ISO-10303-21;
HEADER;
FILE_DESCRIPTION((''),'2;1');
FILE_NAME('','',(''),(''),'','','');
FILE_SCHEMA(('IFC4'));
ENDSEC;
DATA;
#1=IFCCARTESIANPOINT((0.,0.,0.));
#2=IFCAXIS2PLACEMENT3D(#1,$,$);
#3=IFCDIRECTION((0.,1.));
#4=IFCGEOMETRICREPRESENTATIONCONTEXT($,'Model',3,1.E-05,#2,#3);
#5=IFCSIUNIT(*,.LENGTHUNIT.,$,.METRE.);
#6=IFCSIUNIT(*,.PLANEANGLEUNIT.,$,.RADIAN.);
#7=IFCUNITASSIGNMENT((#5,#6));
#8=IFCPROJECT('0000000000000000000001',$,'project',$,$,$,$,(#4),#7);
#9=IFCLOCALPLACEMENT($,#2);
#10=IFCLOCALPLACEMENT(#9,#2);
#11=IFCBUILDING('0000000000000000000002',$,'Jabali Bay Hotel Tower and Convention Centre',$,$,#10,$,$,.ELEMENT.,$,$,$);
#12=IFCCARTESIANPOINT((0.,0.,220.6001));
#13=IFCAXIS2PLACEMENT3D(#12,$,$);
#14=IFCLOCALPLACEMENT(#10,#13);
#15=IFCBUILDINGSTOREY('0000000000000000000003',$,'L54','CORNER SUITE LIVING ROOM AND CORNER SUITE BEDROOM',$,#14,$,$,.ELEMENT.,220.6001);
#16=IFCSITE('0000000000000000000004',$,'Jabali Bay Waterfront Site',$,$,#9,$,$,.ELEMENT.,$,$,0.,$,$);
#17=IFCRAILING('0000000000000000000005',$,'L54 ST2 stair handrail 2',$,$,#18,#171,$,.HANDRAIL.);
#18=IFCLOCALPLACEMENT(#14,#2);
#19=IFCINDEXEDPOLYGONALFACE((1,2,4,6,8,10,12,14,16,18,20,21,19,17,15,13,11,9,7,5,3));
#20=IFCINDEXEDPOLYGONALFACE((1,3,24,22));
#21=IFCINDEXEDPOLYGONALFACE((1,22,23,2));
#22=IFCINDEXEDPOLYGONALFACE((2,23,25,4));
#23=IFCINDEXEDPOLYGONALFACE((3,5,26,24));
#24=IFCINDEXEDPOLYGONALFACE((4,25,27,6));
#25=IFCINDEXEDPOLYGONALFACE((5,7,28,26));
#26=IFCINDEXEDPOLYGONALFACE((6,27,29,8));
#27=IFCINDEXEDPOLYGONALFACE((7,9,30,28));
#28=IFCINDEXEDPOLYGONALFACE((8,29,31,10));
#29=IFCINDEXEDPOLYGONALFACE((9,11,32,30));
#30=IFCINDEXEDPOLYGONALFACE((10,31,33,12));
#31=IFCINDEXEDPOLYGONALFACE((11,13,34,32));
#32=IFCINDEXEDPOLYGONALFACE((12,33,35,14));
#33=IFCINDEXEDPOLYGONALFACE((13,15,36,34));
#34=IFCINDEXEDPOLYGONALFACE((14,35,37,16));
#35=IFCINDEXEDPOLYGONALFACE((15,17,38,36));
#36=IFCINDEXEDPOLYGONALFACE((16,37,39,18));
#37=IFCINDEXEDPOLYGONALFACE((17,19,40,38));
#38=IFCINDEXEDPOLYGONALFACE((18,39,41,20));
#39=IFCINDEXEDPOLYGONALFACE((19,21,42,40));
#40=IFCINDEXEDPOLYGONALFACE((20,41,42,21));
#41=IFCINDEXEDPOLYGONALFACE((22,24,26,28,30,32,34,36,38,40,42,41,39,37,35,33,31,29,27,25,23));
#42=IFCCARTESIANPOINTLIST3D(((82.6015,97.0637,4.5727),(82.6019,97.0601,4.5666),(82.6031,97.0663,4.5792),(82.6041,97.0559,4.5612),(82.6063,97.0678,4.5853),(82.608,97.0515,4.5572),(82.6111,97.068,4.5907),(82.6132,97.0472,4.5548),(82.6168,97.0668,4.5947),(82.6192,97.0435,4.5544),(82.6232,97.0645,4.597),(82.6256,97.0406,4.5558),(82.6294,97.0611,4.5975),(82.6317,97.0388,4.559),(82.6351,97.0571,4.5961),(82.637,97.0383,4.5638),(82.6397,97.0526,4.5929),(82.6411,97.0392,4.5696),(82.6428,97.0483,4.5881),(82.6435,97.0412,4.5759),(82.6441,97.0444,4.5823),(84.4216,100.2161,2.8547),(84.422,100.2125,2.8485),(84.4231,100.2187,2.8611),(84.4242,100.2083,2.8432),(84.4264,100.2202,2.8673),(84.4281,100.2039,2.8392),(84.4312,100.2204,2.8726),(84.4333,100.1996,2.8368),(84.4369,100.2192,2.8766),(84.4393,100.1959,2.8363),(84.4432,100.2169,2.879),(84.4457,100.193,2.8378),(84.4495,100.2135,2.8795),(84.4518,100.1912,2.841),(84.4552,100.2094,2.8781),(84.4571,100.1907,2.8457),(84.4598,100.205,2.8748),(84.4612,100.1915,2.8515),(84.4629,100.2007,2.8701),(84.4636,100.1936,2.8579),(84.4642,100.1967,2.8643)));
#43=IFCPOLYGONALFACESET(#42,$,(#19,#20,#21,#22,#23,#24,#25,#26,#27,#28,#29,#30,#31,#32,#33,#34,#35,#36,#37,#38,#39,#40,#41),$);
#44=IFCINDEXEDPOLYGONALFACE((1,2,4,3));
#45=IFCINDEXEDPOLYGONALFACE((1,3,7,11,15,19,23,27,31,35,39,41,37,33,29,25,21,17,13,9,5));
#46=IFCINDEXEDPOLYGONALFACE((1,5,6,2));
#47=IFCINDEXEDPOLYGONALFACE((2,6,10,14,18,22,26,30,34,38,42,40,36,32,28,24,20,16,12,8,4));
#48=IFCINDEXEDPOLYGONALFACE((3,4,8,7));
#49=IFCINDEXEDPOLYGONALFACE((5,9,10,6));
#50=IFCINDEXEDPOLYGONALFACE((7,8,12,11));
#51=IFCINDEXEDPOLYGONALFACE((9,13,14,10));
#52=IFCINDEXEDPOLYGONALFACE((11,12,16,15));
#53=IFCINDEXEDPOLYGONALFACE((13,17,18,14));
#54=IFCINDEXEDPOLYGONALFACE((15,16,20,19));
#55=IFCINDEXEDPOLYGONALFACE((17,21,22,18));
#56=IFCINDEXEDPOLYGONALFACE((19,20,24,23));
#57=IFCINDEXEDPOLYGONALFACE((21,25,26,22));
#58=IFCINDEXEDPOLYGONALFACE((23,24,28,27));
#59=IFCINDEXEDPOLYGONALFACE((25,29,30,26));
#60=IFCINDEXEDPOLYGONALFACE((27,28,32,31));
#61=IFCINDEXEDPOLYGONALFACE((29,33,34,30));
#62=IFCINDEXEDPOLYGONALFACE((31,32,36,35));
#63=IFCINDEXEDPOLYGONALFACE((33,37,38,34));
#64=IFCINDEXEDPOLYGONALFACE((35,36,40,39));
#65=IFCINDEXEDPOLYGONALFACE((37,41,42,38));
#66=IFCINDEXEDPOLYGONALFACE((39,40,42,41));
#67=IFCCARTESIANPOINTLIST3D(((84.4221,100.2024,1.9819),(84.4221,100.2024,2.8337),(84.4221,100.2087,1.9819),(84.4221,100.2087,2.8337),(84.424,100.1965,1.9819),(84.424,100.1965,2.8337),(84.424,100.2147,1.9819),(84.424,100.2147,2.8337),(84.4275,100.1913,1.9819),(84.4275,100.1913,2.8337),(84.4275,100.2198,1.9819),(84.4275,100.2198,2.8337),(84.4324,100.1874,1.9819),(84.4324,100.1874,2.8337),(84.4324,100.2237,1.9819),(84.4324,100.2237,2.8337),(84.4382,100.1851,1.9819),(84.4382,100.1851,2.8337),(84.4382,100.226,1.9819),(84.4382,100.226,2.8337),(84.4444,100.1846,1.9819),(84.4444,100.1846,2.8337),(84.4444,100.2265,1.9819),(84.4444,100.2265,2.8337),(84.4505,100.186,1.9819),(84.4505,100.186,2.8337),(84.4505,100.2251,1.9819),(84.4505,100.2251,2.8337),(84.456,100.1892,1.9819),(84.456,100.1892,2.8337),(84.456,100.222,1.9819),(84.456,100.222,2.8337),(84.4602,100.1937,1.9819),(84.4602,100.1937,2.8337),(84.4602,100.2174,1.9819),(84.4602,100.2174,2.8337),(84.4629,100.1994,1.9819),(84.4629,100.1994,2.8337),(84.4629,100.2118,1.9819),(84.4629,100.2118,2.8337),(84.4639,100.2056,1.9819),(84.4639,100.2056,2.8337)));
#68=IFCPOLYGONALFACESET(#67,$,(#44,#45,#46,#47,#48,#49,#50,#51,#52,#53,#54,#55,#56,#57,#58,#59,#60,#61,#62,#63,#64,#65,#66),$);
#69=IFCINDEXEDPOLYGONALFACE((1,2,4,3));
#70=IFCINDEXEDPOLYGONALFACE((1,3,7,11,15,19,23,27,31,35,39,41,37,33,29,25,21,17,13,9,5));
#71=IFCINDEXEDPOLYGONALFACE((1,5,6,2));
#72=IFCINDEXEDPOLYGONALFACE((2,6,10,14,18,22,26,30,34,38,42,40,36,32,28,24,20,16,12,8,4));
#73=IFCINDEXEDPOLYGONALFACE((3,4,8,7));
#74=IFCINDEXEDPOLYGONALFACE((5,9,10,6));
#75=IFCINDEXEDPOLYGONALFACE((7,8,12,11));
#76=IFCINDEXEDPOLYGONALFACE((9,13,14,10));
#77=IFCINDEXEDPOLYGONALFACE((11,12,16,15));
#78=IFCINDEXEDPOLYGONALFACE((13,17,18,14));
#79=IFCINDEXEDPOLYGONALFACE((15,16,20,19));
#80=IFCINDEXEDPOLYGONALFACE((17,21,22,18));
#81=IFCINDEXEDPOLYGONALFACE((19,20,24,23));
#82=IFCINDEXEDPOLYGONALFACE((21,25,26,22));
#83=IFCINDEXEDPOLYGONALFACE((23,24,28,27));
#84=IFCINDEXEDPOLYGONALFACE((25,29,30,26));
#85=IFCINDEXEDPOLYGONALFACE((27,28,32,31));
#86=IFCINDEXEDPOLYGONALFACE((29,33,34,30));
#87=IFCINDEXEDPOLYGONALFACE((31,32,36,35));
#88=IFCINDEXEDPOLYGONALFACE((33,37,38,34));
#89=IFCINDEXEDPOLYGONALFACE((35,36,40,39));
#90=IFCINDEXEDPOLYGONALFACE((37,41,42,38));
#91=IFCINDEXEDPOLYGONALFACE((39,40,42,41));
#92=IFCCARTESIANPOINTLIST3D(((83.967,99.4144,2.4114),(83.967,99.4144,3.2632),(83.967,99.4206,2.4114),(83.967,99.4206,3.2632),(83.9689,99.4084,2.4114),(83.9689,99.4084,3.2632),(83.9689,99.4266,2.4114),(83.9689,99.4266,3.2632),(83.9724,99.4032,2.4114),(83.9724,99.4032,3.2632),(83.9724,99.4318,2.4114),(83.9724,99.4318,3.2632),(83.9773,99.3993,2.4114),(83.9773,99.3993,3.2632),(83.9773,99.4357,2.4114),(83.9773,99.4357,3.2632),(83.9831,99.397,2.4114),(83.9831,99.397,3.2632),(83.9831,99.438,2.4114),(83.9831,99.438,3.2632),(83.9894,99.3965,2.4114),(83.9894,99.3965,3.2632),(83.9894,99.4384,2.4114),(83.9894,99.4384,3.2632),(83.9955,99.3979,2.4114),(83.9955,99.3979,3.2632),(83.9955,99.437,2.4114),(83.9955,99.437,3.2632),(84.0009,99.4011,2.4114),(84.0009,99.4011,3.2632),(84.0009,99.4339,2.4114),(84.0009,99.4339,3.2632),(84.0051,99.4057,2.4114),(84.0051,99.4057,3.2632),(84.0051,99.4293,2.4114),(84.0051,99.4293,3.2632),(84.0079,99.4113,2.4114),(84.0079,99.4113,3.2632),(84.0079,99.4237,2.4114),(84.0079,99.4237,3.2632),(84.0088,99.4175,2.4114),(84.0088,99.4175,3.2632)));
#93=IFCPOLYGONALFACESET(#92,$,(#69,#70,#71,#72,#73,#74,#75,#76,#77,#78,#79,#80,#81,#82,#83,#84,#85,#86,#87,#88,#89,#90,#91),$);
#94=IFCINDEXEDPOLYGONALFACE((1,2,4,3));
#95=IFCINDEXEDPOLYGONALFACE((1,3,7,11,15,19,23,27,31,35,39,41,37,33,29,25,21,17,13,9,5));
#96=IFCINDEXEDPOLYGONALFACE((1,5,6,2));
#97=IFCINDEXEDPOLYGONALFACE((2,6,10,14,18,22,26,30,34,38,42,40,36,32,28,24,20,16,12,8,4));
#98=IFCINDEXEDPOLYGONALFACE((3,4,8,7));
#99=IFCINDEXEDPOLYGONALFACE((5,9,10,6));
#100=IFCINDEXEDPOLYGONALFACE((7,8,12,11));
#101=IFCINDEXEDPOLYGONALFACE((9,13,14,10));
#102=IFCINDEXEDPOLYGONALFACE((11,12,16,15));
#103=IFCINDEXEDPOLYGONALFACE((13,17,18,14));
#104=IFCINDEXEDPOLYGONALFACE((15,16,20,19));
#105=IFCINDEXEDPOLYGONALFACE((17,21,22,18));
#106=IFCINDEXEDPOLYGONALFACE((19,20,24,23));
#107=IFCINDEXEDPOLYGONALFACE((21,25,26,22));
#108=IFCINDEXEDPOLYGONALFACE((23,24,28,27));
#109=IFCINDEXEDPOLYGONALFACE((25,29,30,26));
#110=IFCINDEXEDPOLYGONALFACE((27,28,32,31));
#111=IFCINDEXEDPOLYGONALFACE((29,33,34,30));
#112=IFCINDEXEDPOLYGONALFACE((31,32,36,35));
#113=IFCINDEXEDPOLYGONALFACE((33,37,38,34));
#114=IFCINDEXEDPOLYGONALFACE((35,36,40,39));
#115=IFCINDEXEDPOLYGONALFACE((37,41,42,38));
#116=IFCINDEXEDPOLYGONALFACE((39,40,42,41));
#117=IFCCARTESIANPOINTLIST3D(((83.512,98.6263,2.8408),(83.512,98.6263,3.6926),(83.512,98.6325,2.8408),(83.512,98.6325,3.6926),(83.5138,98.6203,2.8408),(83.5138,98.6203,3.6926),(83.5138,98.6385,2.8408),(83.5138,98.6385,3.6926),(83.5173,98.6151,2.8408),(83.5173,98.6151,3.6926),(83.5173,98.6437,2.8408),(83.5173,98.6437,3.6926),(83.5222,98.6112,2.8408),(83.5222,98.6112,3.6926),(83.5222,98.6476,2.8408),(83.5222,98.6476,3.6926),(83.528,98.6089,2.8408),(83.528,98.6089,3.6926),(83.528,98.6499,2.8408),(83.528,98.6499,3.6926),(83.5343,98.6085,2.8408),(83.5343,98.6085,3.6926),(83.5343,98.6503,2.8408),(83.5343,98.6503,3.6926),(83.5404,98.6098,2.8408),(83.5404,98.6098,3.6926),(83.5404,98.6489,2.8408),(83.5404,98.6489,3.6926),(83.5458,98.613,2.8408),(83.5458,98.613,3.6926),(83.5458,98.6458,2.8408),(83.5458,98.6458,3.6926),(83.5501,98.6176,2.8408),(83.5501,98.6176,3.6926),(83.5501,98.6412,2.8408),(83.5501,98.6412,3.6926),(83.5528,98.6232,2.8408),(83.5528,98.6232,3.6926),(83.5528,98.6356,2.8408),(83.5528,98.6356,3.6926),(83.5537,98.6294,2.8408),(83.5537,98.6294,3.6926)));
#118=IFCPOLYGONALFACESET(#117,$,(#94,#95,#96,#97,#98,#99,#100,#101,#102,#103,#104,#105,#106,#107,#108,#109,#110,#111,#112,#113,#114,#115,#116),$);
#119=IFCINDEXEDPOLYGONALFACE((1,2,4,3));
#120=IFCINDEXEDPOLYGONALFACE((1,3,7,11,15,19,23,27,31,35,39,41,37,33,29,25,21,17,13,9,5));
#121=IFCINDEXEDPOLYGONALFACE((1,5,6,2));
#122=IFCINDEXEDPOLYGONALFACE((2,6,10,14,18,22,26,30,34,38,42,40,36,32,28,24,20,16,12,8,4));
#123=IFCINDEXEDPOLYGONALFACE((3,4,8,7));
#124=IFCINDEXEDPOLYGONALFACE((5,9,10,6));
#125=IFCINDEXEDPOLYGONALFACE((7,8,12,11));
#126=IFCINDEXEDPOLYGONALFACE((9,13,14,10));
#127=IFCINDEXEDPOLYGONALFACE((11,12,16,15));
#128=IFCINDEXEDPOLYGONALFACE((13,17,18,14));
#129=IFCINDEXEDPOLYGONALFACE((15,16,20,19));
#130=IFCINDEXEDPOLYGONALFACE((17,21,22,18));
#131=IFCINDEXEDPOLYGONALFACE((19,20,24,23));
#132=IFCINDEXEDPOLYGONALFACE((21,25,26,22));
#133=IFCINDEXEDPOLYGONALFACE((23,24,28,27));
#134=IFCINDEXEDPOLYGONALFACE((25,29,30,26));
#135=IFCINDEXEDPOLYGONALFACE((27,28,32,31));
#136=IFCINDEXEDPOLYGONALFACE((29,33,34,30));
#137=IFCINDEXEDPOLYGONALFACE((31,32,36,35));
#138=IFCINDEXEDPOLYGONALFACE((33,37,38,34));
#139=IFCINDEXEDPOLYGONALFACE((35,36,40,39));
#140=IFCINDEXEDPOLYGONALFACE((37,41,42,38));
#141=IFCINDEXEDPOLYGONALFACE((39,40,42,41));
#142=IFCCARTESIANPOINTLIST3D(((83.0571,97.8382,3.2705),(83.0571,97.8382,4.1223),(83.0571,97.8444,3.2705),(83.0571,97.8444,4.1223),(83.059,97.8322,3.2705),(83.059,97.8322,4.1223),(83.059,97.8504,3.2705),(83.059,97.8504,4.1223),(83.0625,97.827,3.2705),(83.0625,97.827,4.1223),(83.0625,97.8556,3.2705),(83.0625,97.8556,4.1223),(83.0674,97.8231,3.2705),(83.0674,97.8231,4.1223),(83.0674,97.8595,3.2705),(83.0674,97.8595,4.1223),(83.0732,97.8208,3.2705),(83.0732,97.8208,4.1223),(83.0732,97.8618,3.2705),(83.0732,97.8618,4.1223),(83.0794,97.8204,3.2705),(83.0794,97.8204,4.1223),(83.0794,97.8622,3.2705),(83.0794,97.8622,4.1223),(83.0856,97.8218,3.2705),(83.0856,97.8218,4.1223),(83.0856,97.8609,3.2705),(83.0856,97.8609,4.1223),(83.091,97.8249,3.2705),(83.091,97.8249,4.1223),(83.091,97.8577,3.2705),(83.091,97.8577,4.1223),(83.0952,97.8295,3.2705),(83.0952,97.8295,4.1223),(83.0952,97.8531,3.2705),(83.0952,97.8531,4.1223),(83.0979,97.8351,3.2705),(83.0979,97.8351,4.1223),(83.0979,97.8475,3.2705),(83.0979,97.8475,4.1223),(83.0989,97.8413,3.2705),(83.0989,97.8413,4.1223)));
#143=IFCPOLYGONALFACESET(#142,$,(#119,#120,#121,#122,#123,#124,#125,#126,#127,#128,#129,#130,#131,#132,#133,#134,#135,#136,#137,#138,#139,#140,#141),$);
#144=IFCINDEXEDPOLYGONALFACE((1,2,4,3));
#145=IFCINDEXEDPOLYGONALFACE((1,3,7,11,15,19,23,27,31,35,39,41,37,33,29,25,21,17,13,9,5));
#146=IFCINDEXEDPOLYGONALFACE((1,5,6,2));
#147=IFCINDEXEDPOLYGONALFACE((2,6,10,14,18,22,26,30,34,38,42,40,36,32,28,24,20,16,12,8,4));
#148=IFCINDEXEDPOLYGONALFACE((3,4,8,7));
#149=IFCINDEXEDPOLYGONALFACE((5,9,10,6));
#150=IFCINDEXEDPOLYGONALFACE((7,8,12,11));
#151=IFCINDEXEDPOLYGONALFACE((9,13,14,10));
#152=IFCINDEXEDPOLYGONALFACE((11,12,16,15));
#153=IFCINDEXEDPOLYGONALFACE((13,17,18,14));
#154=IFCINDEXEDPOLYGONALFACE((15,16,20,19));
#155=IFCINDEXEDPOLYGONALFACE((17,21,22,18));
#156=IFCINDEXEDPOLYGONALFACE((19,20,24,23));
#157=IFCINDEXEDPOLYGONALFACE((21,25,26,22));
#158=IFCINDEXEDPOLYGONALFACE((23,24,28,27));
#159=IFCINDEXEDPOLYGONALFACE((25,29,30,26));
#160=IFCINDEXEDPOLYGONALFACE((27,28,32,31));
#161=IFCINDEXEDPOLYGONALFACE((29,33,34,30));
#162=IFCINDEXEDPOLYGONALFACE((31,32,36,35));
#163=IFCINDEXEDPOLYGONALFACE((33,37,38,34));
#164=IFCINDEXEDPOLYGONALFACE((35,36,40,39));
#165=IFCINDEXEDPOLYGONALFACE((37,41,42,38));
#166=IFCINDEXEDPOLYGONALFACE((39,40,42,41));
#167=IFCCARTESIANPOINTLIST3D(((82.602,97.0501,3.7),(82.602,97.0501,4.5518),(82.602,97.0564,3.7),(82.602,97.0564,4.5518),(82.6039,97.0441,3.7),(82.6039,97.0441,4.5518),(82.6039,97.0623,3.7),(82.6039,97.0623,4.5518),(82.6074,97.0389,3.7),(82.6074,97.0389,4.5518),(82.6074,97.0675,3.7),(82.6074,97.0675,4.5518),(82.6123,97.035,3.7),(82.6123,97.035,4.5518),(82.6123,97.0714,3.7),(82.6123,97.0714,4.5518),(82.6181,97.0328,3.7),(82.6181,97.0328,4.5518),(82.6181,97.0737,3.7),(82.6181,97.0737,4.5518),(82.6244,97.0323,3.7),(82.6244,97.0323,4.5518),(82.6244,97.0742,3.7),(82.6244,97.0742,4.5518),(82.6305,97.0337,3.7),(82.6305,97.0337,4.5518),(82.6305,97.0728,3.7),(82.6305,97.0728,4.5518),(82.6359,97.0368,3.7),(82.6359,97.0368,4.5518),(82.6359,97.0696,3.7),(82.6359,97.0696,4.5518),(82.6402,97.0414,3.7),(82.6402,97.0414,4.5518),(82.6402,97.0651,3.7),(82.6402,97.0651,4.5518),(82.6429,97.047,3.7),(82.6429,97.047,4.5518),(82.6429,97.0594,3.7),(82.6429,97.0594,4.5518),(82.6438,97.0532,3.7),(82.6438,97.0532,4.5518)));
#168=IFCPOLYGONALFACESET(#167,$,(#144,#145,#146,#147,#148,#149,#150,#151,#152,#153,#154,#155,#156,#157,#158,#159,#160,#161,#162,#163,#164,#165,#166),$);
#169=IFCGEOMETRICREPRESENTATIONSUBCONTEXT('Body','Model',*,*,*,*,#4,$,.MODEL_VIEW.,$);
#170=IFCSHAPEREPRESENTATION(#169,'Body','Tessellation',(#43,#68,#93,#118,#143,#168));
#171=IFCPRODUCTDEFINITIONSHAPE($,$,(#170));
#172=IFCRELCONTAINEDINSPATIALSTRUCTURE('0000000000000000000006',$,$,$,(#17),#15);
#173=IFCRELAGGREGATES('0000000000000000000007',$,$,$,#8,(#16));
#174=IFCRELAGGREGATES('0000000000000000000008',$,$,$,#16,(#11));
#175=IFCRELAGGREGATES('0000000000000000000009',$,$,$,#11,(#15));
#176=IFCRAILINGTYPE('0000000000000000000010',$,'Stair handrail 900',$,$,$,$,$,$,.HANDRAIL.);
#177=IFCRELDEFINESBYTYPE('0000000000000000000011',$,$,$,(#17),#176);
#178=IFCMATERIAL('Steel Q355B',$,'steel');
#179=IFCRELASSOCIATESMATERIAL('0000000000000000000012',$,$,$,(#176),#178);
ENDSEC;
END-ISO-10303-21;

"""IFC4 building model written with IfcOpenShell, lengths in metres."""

from ifc_helpers import new_model, si_unit, direction, frame, origin, origin_2d, place, context, subcontext, project, spatial, circle, extrude, material, type_object, element, save


model = new_model("IFC4")

# Units and contexts
model_context = context("Model", 3, precision=1e-05, world=origin(), true_north=direction((0.0, 1.0)))
body_context = subcontext(model_context, "Body", "Model", "MODEL_VIEW")
ifc_project = project(units=[si_unit("LENGTHUNIT", "METRE"), si_unit("PLANEANGLEUNIT", "RADIAN")], contexts=[model_context])

# Site, building, storey
site_placement = place(None, origin())
site = spatial("IfcSite", under=ifc_project, at=site_placement, Name="Jabali Bay Waterfront Site", CompositionType="ELEMENT", RefElevation=0.0)
building_placement = place(site_placement, origin())
building = spatial("IfcBuilding", under=site, at=building_placement, Name="Jabali Bay Hotel Tower and Convention Centre", CompositionType="ELEMENT")
storey_placement = place(building_placement, frame((0.0, 0.0, 220.6001)))
storey = spatial("IfcBuildingStorey", under=building, at=storey_placement, Name="L54", Description="CORNER SUITE LIVING ROOM AND CORNER SUITE BEDROOM", CompositionType="ELEMENT", Elevation=220.6001)

# Railing
ifc_material_1 = material(Name="Steel Q355B", Category="steel")
railing_type_1 = type_object("IfcRailingType", Name="Stair handrail 900", PredefinedType="HANDRAIL", material=ifc_material_1)
railing_1_placement = place(storey_placement, frame((84.4429, 100.2056, 1.9819)))
element("IfcRailing", 1, at=railing_1_placement, inside=storey, type_object=railing_type_1, Name="L54 ST2 stair handrail 2", PredefinedType="HANDRAIL", context=body_context, shape_type="SweptSolid", body=[
    extrude(circle(Radius=0.0239, at=origin_2d()), frame((0.0, 0.0, 0.876), z_axis=(-0.452179, -0.78317, 0.426825), x_axis=(0.866018, -0.500013, 0.0)), (0.0, 0.0, 1.0), 4.0251),
    extrude(circle(Radius=0.021, at=origin_2d()), origin(), (0.0, 0.0, 1.0), 0.8518),
    extrude(circle(Radius=0.021, at=origin_2d()), frame((-0.4551, -0.7881, 0.4294)), (0.0, 0.0, 1.0), 0.8518),
    extrude(circle(Radius=0.021, at=origin_2d()), frame((-0.9102, -1.5762, 0.8589)), (0.0, 0.0, 1.0), 0.8518),
    extrude(circle(Radius=0.021, at=origin_2d()), frame((-1.365, -2.3643, 1.2886)), (0.0, 0.0, 1.0), 0.8518),
    extrude(circle(Radius=0.021, at=origin_2d()), frame((-1.8201, -3.1523, 1.718)), (0.0, 0.0, 1.0), 0.8518),
])

save(model, "model.ifc")
